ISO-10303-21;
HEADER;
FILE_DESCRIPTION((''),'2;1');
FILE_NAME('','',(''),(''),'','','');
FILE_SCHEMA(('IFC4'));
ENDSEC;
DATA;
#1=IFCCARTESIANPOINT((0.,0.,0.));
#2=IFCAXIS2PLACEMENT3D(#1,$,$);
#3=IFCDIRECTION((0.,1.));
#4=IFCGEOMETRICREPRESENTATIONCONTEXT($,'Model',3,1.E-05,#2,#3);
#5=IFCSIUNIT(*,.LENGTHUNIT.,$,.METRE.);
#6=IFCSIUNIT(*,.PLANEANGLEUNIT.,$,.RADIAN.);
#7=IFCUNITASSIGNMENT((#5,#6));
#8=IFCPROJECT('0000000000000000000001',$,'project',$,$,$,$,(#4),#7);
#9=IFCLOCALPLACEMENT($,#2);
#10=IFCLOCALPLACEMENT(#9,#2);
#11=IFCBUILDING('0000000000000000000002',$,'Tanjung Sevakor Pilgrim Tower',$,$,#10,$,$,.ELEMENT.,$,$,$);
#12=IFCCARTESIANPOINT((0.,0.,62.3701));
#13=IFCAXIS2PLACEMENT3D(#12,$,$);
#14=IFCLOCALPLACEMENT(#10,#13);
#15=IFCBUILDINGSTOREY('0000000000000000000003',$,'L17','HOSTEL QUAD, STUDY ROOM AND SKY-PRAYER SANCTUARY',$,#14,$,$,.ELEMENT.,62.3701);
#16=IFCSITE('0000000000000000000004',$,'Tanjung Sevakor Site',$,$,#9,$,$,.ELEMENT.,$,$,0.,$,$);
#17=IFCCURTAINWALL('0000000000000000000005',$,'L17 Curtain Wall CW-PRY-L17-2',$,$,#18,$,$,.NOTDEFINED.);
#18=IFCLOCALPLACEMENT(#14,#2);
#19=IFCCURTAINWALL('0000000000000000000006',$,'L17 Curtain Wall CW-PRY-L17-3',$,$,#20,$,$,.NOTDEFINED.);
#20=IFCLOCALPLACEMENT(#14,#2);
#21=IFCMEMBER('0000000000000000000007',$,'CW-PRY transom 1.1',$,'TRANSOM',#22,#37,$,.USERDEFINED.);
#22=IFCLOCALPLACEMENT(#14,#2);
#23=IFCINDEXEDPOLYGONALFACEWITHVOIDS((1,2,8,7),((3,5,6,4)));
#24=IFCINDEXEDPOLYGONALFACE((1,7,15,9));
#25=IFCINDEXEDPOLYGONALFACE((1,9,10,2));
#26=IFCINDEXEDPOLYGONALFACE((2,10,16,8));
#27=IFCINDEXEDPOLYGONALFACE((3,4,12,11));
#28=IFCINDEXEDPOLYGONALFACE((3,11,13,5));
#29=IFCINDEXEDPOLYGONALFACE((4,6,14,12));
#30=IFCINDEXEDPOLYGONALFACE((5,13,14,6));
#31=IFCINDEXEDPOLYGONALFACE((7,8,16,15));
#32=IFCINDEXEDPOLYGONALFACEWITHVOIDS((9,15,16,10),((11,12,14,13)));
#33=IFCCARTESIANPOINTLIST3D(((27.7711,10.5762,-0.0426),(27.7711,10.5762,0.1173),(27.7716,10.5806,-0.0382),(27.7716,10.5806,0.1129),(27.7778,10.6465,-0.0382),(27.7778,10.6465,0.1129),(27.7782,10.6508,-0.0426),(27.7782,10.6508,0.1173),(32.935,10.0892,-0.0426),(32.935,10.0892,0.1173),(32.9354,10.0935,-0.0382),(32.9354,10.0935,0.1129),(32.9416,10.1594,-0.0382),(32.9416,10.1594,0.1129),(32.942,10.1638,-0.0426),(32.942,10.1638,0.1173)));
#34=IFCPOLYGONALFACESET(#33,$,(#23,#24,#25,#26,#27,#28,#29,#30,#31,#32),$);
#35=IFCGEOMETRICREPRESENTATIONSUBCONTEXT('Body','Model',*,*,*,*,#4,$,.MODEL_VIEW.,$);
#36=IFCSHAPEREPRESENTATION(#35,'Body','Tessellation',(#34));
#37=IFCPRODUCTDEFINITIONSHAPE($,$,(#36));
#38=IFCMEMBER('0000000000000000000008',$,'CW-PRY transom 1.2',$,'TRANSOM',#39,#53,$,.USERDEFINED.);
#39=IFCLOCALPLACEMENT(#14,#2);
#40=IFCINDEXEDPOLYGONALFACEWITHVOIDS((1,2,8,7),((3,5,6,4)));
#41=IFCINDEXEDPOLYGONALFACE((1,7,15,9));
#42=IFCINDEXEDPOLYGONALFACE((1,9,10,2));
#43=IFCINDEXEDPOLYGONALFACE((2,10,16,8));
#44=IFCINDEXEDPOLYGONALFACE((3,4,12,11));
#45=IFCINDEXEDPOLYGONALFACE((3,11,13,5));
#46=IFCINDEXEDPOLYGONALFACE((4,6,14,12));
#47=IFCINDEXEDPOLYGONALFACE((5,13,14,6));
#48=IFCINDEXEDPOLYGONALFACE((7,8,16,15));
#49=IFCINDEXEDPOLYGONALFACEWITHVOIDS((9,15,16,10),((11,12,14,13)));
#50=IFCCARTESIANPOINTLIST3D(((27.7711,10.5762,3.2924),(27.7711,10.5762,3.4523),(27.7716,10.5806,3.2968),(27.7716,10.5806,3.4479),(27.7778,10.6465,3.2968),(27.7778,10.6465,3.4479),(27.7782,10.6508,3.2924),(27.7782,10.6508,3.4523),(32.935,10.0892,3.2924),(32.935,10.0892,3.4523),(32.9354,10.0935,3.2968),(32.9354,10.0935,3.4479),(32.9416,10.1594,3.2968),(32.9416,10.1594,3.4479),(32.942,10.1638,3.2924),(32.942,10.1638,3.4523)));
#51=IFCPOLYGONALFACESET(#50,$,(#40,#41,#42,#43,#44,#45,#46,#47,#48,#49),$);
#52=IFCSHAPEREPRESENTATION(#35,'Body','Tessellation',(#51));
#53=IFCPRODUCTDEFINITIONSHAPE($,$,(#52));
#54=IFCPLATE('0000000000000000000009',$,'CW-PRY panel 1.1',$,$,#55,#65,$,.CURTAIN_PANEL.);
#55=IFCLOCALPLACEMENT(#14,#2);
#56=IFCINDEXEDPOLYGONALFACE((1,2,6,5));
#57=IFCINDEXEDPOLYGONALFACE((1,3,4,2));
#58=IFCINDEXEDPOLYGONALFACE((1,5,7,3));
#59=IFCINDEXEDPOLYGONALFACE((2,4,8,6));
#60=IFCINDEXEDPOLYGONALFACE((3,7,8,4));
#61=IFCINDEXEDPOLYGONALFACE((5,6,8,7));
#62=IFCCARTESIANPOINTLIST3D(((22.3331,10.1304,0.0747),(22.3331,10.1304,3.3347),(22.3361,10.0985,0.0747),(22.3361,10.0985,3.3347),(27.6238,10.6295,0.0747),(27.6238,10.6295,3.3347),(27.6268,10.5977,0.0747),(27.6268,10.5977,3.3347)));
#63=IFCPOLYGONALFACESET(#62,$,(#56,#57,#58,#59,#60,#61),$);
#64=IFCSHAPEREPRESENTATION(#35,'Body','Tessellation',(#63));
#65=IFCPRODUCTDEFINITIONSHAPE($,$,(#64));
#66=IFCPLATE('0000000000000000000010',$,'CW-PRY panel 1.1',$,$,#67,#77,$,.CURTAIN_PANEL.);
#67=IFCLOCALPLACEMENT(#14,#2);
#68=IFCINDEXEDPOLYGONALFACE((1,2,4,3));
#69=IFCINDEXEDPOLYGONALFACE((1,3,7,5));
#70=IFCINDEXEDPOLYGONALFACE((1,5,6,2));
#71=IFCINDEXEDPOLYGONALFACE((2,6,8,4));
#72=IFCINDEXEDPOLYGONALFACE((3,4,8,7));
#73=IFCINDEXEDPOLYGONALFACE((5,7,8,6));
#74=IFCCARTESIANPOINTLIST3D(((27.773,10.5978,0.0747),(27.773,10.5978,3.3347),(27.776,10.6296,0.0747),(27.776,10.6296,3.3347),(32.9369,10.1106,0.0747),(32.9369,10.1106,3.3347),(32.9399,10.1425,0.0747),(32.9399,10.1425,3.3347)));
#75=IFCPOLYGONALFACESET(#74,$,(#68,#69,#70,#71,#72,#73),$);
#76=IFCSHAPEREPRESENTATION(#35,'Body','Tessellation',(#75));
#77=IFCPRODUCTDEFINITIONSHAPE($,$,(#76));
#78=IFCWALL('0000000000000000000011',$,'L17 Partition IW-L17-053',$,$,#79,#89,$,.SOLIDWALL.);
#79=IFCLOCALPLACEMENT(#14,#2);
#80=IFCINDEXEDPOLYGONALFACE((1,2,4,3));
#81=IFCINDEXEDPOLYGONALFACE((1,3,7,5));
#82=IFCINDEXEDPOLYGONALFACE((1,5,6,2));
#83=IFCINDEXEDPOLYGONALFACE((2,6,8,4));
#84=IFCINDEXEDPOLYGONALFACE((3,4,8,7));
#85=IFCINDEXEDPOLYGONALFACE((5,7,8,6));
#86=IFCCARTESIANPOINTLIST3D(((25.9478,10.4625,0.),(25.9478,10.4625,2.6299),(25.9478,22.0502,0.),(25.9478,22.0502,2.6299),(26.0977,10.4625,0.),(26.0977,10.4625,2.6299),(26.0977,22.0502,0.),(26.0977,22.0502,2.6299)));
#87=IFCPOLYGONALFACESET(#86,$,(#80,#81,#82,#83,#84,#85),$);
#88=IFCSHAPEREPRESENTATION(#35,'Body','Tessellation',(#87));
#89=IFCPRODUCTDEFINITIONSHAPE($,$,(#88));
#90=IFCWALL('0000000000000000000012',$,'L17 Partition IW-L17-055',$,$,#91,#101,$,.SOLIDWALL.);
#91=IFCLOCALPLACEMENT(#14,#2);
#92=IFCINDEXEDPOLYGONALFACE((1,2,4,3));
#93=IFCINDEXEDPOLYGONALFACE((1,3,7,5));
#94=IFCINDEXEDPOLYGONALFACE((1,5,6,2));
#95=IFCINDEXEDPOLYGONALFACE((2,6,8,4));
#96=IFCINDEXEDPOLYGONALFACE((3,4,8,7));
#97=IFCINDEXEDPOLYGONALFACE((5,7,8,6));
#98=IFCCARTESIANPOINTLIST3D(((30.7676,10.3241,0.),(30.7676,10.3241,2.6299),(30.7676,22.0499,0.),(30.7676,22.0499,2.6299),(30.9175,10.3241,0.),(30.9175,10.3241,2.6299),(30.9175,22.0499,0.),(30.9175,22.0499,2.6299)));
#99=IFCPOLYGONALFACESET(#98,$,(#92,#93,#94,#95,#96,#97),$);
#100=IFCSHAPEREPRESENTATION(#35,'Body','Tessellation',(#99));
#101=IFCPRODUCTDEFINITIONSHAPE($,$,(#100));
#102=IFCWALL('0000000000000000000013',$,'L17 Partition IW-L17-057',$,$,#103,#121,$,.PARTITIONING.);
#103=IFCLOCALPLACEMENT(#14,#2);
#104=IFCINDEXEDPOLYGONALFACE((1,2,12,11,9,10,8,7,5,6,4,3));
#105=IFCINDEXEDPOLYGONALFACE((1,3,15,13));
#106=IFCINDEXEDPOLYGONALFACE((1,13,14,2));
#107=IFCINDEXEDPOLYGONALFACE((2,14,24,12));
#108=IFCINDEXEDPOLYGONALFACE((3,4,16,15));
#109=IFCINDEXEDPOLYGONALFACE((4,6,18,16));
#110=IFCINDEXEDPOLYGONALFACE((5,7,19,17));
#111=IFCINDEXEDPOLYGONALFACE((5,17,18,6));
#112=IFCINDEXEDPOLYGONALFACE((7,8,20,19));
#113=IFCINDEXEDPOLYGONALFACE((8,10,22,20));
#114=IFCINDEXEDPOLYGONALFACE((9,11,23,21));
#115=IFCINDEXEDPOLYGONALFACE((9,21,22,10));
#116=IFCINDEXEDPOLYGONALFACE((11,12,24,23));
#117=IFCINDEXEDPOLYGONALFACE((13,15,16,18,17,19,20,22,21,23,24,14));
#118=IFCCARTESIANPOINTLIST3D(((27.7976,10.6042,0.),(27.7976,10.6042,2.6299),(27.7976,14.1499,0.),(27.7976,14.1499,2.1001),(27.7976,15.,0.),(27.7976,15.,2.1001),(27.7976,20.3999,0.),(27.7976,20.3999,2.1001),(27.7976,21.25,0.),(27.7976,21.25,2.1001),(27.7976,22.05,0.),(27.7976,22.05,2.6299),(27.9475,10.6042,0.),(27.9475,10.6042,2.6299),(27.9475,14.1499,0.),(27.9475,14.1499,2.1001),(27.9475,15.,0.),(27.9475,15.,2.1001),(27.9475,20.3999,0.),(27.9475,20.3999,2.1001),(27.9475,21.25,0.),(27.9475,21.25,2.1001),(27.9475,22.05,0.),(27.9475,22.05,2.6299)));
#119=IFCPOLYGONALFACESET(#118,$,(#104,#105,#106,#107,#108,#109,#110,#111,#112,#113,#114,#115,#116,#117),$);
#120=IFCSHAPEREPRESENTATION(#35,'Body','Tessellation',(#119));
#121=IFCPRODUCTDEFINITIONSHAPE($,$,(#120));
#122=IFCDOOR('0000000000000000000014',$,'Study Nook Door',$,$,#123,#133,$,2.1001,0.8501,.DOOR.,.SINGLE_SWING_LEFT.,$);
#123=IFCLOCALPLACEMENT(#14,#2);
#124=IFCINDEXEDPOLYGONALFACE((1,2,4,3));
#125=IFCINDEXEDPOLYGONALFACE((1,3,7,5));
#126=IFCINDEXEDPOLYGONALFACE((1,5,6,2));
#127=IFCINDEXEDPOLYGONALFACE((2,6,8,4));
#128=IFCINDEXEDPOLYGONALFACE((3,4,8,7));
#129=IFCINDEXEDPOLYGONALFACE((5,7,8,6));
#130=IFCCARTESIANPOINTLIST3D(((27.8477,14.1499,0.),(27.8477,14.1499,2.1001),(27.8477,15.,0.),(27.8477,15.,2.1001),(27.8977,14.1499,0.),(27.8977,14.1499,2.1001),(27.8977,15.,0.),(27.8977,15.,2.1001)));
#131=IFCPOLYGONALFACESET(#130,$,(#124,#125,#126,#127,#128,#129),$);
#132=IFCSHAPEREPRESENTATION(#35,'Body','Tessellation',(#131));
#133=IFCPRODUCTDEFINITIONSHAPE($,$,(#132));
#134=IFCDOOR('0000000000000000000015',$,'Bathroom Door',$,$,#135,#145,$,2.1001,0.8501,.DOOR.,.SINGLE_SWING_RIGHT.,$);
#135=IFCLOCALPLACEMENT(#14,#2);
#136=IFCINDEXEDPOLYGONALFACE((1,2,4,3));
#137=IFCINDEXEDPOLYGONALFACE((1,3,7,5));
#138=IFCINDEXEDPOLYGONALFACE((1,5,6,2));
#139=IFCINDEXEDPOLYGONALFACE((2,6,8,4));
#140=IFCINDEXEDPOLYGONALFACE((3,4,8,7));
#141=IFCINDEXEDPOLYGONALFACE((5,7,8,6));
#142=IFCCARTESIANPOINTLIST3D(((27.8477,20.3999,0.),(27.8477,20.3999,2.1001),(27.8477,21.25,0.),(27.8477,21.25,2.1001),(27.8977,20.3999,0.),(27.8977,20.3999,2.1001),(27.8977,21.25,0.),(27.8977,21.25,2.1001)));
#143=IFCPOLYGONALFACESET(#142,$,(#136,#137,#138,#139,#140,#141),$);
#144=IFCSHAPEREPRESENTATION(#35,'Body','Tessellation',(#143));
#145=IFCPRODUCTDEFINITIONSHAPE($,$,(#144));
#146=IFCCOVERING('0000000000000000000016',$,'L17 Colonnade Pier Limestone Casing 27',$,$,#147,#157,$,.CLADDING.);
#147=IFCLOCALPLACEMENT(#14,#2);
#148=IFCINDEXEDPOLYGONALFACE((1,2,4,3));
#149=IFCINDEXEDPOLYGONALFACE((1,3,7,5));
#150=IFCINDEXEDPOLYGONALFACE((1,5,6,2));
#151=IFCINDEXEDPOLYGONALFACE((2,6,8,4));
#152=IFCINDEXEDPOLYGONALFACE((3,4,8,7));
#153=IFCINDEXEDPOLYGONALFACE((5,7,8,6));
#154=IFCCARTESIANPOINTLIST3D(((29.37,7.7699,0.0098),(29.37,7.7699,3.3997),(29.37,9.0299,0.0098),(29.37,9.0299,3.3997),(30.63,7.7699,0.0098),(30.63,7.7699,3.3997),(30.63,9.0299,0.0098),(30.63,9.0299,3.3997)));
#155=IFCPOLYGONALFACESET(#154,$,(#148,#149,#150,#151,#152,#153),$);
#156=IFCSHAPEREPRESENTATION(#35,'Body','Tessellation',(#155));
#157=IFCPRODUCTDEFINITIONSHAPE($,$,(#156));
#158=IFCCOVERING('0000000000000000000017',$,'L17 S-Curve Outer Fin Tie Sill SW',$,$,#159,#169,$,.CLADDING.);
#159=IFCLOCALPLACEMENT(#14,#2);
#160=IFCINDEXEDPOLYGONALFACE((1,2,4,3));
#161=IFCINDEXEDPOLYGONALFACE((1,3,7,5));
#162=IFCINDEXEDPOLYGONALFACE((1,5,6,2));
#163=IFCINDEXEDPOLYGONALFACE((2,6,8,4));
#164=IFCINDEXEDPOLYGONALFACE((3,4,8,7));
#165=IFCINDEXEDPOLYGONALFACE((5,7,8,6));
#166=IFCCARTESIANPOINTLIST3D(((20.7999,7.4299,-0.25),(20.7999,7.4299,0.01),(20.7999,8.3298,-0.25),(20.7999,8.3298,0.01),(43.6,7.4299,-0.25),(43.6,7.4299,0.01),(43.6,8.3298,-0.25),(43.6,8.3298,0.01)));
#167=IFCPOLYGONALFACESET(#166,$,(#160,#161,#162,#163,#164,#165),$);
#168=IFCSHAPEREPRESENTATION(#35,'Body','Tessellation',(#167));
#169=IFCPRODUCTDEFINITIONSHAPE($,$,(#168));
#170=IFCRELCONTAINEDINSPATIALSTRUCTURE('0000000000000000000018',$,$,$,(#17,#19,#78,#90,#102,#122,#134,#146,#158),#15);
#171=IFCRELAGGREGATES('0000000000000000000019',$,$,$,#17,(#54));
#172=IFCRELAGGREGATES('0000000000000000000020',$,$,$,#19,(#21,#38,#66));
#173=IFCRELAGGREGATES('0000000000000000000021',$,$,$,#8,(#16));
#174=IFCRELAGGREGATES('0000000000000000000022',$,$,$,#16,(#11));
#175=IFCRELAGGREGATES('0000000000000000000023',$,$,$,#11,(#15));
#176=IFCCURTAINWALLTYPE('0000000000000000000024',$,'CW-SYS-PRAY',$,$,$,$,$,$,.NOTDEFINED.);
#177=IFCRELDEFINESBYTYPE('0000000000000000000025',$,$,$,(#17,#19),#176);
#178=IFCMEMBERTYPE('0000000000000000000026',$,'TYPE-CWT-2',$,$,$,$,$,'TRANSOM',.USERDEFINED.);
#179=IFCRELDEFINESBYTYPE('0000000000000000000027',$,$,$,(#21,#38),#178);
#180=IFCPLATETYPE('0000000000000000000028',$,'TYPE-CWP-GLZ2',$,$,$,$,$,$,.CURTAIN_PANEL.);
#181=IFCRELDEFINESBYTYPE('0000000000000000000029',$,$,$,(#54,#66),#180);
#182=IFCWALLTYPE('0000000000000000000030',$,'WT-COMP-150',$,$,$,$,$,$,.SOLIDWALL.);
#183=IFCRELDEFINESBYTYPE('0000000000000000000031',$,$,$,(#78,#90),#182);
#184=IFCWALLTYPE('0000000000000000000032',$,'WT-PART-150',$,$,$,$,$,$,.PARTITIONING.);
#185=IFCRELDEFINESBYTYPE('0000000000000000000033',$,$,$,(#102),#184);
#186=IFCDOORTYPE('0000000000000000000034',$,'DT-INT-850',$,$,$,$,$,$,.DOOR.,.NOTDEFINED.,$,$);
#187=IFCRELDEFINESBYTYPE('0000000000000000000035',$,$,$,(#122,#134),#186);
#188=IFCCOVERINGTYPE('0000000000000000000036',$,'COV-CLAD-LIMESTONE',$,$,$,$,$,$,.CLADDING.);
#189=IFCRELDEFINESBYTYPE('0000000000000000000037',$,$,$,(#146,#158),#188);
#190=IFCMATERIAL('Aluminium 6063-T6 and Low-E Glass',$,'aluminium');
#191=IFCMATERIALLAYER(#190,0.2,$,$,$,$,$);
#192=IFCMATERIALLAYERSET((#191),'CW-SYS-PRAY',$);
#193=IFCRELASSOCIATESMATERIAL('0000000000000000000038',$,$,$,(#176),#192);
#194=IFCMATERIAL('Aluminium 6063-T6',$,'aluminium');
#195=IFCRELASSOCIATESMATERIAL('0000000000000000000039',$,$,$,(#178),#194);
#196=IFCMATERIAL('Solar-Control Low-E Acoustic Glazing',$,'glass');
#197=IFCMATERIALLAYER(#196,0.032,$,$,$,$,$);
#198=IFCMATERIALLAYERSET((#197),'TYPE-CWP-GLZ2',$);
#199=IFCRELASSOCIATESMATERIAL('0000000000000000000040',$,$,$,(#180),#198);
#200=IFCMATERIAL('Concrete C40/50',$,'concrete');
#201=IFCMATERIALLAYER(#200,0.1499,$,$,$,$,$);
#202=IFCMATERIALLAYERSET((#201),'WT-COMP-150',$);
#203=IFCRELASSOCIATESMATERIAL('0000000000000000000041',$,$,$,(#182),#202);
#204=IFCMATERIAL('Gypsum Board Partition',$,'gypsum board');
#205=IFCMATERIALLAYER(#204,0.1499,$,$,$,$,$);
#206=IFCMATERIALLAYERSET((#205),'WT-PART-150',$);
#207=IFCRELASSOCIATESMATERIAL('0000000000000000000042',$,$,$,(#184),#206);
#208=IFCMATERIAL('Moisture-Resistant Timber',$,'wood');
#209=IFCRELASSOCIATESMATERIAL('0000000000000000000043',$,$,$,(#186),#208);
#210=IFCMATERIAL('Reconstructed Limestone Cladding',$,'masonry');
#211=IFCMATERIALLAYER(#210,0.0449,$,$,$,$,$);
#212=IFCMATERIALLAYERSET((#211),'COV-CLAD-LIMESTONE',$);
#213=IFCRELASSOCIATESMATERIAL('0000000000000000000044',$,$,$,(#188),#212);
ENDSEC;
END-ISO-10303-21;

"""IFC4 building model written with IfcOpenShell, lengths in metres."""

from ifc_helpers import new_model, si_unit, direction, frame, frame_2d, origin, origin_2d, place, context, subcontext, project, spatial, rectangle, hollow_rectangle, extrude, material, layer, layer_set, material_profile, profile_set, type_object, element, fill, aggregate, save


model = new_model("IFC4")

# Units and contexts
model_context = context("Model", 3, precision=1e-05, world=origin(), true_north=direction((0.0, 1.0)))
body_context = subcontext(model_context, "Body", "Model", "MODEL_VIEW")
ifc_project = project(units=[si_unit("LENGTHUNIT", "METRE"), si_unit("PLANEANGLEUNIT", "RADIAN")], contexts=[model_context])

# Site, building, storey
site_placement = place(None, origin())
site = spatial("IfcSite", under=ifc_project, at=site_placement, Name="Tanjung Sevakor Site", CompositionType="ELEMENT", RefElevation=0.0)
building_placement = place(site_placement, origin())
building = spatial("IfcBuilding", under=site, at=building_placement, Name="Tanjung Sevakor Pilgrim Tower", CompositionType="ELEMENT")
storey_placement = place(building_placement, frame((0.0, 0.0, 62.3701)))
storey = spatial("IfcBuildingStorey", under=building, at=storey_placement, Name="L17", Description="HOSTEL QUAD, STUDY ROOM AND SKY-PRAYER SANCTUARY", CompositionType="ELEMENT", Elevation=62.3701)

# Curtain wall
ifc_material_1 = material(Name="Aluminium 6063-T6 and Low-E Glass", Category="aluminium")
ifc_layer_1 = layer(ifc_material_1, 0.2)
ifc_layer_set_1 = layer_set([ifc_layer_1], Name="CW-SYS-PRAY")
curtain_wall_type = type_object("IfcCurtainWallType", Name="CW-SYS-PRAY", PredefinedType="NOTDEFINED", material=ifc_layer_set_1)
curtain_wall_1_placement = place(storey_placement, origin())
curtain_wall_1 = element("IfcCurtainWall", 1, at=curtain_wall_1_placement, inside=storey, type_object=curtain_wall_type, Name="L17 Curtain Wall CW-PRY-L17-2", PredefinedType="NOTDEFINED")

# Curtain wall, members
curtain_wall_2_placement = place(storey_placement, origin())
curtain_wall_2 = element("IfcCurtainWall", 2, at=curtain_wall_2_placement, inside=storey, type_object=curtain_wall_type, Name="L17 Curtain Wall CW-PRY-L17-3", PredefinedType="NOTDEFINED")
ifc_material_2 = material(Name="Aluminium 6063-T6", Category="aluminium")
ifc_material_profile_1 = material_profile(ifc_material_2, hollow_rectangle(XDim=0.075, YDim=0.1599, WallThickness=0.0044, at=origin_2d()))
ifc_profile_set_1 = profile_set([ifc_material_profile_1], Name="Aluminium 6063-T6")
member_type_1 = type_object("IfcMemberType", Name="TYPE-CWT-2", ElementType="TRANSOM", PredefinedType="USERDEFINED", material=ifc_profile_set_1)
member_1_placement = place(storey_placement, frame((27.7747, 10.6135, 0.0374), z_axis=(0.995581, -0.093905, 0.0), x_axis=(0.093905, 0.995581, 0.0)))
member_1 = element("IfcMember", 3, at=member_1_placement, type_object=member_type_1, Name="CW-PRY transom 1.1", ObjectType="TRANSOM", PredefinedType="USERDEFINED", context=body_context, shape_type="SweptSolid", body=[
    extrude(hollow_rectangle(XDim=0.075, YDim=0.1599, WallThickness=0.0044, at=origin_2d()), origin(), (0.0, 0.0, 1.0), 5.1868),
])
member_2_placement = place(storey_placement, frame((27.7747, 10.6135, 3.3723), z_axis=(0.995581, -0.093905, 0.0), x_axis=(0.093905, 0.995581, 0.0)))
member_2 = element("IfcMember", 4, at=member_2_placement, type_object=member_type_1, Name="CW-PRY transom 1.2", ObjectType="TRANSOM", PredefinedType="USERDEFINED", context=body_context, shape_type="SweptSolid", body=[
    extrude(hollow_rectangle(XDim=0.075, YDim=0.1599, WallThickness=0.0044, at=origin_2d()), origin(), (0.0, 0.0, 1.0), 5.1868),
])

# Plates
ifc_material_3 = material(Name="Solar-Control Low-E Acoustic Glazing", Category="glass")
ifc_layer_2 = layer(ifc_material_3, 0.032)
ifc_layer_set_2 = layer_set([ifc_layer_2], Name="TYPE-CWP-GLZ2")
plate_type = type_object("IfcPlateType", Name="TYPE-CWP-GLZ2", PredefinedType="CURTAIN_PANEL", material=ifc_layer_set_2)
plate_1_placement = place(storey_placement, frame((24.98, 10.364, 0.0747), z_axis=(0.0, 0.0, 1.0), x_axis=(0.99558, 0.093921, 0.0)))
plate_1 = element("IfcPlate", 5, at=plate_1_placement, type_object=plate_type, Name="CW-PRY panel 1.1", PredefinedType="CURTAIN_PANEL", context=body_context, shape_type="SweptSolid", body=[
    extrude(rectangle(XDim=5.3142, YDim=0.032, at=origin_2d()), origin(), (0.0, 0.0, 1.0), 3.26),
])
aggregate(curtain_wall_1, [plate_1])
plate_2_placement = place(storey_placement, frame((30.3564, 10.3701, 0.0747), z_axis=(0.0, 0.0, 1.0), x_axis=(0.99558, -0.093916, 0.0)))
plate_2 = element("IfcPlate", 6, at=plate_2_placement, type_object=plate_type, Name="CW-PRY panel 1.1", PredefinedType="CURTAIN_PANEL", context=body_context, shape_type="SweptSolid", body=[
    extrude(rectangle(XDim=5.1868, YDim=0.032, at=origin_2d()), origin(), (0.0, 0.0, 1.0), 3.26),
])
aggregate(curtain_wall_2, [member_1, member_2, plate_2])

# Walls
ifc_material_4 = material(Name="Concrete C40/50", Category="concrete")
ifc_layer_3 = layer(ifc_material_4, 0.1499)
ifc_layer_set_3 = layer_set([ifc_layer_3], Name="WT-COMP-150")
wall_type_1 = type_object("IfcWallType", Name="WT-COMP-150", PredefinedType="SOLIDWALL", material=ifc_layer_set_3)
wall_1_placement = place(storey_placement, frame((26.0227, 10.4624, 0.0), z_axis=(0.0, 0.0, 1.0), x_axis=(0.0, 1.0, 0.0)))
element("IfcWall", 7, at=wall_1_placement, inside=storey, type_object=wall_type_1, Name="L17 Partition IW-L17-053", PredefinedType="SOLIDWALL", context=body_context, shape_type="SweptSolid", body=[
    extrude(rectangle(XDim=11.5876, YDim=0.1499, at=frame_2d((5.7939, 0.0))), origin(), (0.0, 0.0, 1.0), 2.6299),
])
wall_2_placement = place(storey_placement, frame((30.8425, 10.3242, 0.0), z_axis=(0.0, 0.0, 1.0), x_axis=(0.0, 1.0, 0.0)))
element("IfcWall", 8, at=wall_2_placement, inside=storey, type_object=wall_type_1, Name="L17 Partition IW-L17-055", PredefinedType="SOLIDWALL", context=body_context, shape_type="SweptSolid", body=[
    extrude(rectangle(XDim=11.7258, YDim=0.1499, at=frame_2d((5.8628, 0.0))), origin(), (0.0, 0.0, 1.0), 2.6299),
])

# Wall, openings, doors
ifc_material_5 = material(Name="Gypsum Board Partition", Category="gypsum board")
ifc_layer_4 = layer(ifc_material_5, 0.1499)
ifc_layer_set_4 = layer_set([ifc_layer_4], Name="WT-PART-150")
wall_type_2 = type_object("IfcWallType", Name="WT-PART-150", PredefinedType="PARTITIONING", material=ifc_layer_set_4)
wall_3_placement = place(storey_placement, frame((27.8726, 10.6042, 0.0), z_axis=(0.0, 0.0, 1.0), x_axis=(0.0, 1.0, 0.0)))
wall_3 = element("IfcWall", 9, at=wall_3_placement, inside=storey, type_object=wall_type_2, Name="L17 Partition IW-L17-057", PredefinedType="PARTITIONING", context=body_context, shape_type="SweptSolid", body=[
    extrude(rectangle(XDim=11.4458, YDim=0.1499, at=frame_2d((5.7229, 0.0))), origin(), (0.0, 0.0, 1.0), 2.6299),
])
opening_1_placement = place(wall_3_placement, frame((3.5457, 0.0, 0.0)))
opening_1 = element("IfcOpeningElement", 10, at=opening_1_placement, cuts=wall_3, PredefinedType="OPENING", context=body_context, shape_type="SweptSolid", body=[
    extrude(rectangle(XDim=0.8501, YDim=2.1001, at=frame_2d((0.425, 1.05))), frame((0.0, 0.085, 0.0), z_axis=(0.0, -1.0, 0.0), x_axis=(1.0, 0.0, 0.0)), (0.0, 0.0, 1.0), 0.1699),
])
opening_2_placement = place(wall_3_placement, frame((9.7957, 0.0, 0.0)))
opening_2 = element("IfcOpeningElement", 11, at=opening_2_placement, cuts=wall_3, PredefinedType="OPENING", context=body_context, shape_type="SweptSolid", body=[
    extrude(rectangle(XDim=0.8501, YDim=2.1001, at=frame_2d((0.425, 1.05))), frame((0.0, 0.085, 0.0), z_axis=(0.0, -1.0, 0.0), x_axis=(1.0, 0.0, 0.0)), (0.0, 0.0, 1.0), 0.1699),
])
ifc_material_6 = material(Name="Moisture-Resistant Timber", Category="wood")
door_type = type_object("IfcDoorType", Name="DT-INT-850", OperationType="NOTDEFINED", PredefinedType="DOOR", material=ifc_material_6)
door_1_placement = place(opening_1_placement, origin())
door_1 = element("IfcDoor", 12, at=door_1_placement, inside=storey, type_object=door_type, Name="Study Nook Door", OperationType="SINGLE_SWING_LEFT", OverallHeight=2.1001, OverallWidth=0.8501, PredefinedType="DOOR", context=body_context, shape_type="SweptSolid", body=[
    extrude(rectangle(XDim=0.8501, YDim=2.1001, at=frame_2d((0.425, 1.05))), frame((0.0, 0.0249, 0.0), z_axis=(0.0, -1.0, 0.0), x_axis=(1.0, 0.0, 0.0)), (0.0, 0.0, 1.0), 0.05),
])
fill(opening_1, door_1)
door_2_placement = place(opening_2_placement, origin())
door_2 = element("IfcDoor", 13, at=door_2_placement, inside=storey, type_object=door_type, Name="Bathroom Door", OperationType="SINGLE_SWING_RIGHT", OverallHeight=2.1001, OverallWidth=0.8501, PredefinedType="DOOR", context=body_context, shape_type="SweptSolid", body=[
    extrude(rectangle(XDim=0.8501, YDim=2.1001, at=frame_2d((0.425, 1.05))), frame((0.0, 0.0249, 0.0), z_axis=(0.0, -1.0, 0.0), x_axis=(1.0, 0.0, 0.0)), (0.0, 0.0, 1.0), 0.05),
])
fill(opening_2, door_2)

# Coverings
ifc_material_7 = material(Name="Reconstructed Limestone Cladding", Category="masonry")
ifc_layer_5 = layer(ifc_material_7, 0.0449)
ifc_layer_set_5 = layer_set([ifc_layer_5], Name="COV-CLAD-LIMESTONE")
covering_type = type_object("IfcCoveringType", Name="COV-CLAD-LIMESTONE", PredefinedType="CLADDING", material=ifc_layer_set_5)
covering_1_placement = place(storey_placement, frame((30.0, 8.3999, 0.0098), z_axis=(0.0, 0.0, 1.0), x_axis=(1.0, 0.0, 0.0)))
element("IfcCovering", 14, at=covering_1_placement, inside=storey, type_object=covering_type, Name="L17 Colonnade Pier Limestone Casing 27", PredefinedType="CLADDING", context=body_context, shape_type="SweptSolid", body=[
    extrude(rectangle(XDim=1.26, YDim=1.26, at=origin_2d()), origin(), (0.0, 0.0, 1.0), 3.3899),
])
covering_2_placement = place(storey_placement, frame((32.2, 7.8799, -0.25), z_axis=(0.0, 0.0, 1.0), x_axis=(1.0, 0.0, 0.0)))
element("IfcCovering", 15, at=covering_2_placement, inside=storey, type_object=covering_type, Name="L17 S-Curve Outer Fin Tie Sill SW", PredefinedType="CLADDING", context=body_context, shape_type="SweptSolid", body=[
    extrude(rectangle(XDim=22.8, YDim=0.8999, at=origin_2d()), origin(), (0.0, 0.0, 1.0), 0.26),
])

save(model, "model.ifc")
